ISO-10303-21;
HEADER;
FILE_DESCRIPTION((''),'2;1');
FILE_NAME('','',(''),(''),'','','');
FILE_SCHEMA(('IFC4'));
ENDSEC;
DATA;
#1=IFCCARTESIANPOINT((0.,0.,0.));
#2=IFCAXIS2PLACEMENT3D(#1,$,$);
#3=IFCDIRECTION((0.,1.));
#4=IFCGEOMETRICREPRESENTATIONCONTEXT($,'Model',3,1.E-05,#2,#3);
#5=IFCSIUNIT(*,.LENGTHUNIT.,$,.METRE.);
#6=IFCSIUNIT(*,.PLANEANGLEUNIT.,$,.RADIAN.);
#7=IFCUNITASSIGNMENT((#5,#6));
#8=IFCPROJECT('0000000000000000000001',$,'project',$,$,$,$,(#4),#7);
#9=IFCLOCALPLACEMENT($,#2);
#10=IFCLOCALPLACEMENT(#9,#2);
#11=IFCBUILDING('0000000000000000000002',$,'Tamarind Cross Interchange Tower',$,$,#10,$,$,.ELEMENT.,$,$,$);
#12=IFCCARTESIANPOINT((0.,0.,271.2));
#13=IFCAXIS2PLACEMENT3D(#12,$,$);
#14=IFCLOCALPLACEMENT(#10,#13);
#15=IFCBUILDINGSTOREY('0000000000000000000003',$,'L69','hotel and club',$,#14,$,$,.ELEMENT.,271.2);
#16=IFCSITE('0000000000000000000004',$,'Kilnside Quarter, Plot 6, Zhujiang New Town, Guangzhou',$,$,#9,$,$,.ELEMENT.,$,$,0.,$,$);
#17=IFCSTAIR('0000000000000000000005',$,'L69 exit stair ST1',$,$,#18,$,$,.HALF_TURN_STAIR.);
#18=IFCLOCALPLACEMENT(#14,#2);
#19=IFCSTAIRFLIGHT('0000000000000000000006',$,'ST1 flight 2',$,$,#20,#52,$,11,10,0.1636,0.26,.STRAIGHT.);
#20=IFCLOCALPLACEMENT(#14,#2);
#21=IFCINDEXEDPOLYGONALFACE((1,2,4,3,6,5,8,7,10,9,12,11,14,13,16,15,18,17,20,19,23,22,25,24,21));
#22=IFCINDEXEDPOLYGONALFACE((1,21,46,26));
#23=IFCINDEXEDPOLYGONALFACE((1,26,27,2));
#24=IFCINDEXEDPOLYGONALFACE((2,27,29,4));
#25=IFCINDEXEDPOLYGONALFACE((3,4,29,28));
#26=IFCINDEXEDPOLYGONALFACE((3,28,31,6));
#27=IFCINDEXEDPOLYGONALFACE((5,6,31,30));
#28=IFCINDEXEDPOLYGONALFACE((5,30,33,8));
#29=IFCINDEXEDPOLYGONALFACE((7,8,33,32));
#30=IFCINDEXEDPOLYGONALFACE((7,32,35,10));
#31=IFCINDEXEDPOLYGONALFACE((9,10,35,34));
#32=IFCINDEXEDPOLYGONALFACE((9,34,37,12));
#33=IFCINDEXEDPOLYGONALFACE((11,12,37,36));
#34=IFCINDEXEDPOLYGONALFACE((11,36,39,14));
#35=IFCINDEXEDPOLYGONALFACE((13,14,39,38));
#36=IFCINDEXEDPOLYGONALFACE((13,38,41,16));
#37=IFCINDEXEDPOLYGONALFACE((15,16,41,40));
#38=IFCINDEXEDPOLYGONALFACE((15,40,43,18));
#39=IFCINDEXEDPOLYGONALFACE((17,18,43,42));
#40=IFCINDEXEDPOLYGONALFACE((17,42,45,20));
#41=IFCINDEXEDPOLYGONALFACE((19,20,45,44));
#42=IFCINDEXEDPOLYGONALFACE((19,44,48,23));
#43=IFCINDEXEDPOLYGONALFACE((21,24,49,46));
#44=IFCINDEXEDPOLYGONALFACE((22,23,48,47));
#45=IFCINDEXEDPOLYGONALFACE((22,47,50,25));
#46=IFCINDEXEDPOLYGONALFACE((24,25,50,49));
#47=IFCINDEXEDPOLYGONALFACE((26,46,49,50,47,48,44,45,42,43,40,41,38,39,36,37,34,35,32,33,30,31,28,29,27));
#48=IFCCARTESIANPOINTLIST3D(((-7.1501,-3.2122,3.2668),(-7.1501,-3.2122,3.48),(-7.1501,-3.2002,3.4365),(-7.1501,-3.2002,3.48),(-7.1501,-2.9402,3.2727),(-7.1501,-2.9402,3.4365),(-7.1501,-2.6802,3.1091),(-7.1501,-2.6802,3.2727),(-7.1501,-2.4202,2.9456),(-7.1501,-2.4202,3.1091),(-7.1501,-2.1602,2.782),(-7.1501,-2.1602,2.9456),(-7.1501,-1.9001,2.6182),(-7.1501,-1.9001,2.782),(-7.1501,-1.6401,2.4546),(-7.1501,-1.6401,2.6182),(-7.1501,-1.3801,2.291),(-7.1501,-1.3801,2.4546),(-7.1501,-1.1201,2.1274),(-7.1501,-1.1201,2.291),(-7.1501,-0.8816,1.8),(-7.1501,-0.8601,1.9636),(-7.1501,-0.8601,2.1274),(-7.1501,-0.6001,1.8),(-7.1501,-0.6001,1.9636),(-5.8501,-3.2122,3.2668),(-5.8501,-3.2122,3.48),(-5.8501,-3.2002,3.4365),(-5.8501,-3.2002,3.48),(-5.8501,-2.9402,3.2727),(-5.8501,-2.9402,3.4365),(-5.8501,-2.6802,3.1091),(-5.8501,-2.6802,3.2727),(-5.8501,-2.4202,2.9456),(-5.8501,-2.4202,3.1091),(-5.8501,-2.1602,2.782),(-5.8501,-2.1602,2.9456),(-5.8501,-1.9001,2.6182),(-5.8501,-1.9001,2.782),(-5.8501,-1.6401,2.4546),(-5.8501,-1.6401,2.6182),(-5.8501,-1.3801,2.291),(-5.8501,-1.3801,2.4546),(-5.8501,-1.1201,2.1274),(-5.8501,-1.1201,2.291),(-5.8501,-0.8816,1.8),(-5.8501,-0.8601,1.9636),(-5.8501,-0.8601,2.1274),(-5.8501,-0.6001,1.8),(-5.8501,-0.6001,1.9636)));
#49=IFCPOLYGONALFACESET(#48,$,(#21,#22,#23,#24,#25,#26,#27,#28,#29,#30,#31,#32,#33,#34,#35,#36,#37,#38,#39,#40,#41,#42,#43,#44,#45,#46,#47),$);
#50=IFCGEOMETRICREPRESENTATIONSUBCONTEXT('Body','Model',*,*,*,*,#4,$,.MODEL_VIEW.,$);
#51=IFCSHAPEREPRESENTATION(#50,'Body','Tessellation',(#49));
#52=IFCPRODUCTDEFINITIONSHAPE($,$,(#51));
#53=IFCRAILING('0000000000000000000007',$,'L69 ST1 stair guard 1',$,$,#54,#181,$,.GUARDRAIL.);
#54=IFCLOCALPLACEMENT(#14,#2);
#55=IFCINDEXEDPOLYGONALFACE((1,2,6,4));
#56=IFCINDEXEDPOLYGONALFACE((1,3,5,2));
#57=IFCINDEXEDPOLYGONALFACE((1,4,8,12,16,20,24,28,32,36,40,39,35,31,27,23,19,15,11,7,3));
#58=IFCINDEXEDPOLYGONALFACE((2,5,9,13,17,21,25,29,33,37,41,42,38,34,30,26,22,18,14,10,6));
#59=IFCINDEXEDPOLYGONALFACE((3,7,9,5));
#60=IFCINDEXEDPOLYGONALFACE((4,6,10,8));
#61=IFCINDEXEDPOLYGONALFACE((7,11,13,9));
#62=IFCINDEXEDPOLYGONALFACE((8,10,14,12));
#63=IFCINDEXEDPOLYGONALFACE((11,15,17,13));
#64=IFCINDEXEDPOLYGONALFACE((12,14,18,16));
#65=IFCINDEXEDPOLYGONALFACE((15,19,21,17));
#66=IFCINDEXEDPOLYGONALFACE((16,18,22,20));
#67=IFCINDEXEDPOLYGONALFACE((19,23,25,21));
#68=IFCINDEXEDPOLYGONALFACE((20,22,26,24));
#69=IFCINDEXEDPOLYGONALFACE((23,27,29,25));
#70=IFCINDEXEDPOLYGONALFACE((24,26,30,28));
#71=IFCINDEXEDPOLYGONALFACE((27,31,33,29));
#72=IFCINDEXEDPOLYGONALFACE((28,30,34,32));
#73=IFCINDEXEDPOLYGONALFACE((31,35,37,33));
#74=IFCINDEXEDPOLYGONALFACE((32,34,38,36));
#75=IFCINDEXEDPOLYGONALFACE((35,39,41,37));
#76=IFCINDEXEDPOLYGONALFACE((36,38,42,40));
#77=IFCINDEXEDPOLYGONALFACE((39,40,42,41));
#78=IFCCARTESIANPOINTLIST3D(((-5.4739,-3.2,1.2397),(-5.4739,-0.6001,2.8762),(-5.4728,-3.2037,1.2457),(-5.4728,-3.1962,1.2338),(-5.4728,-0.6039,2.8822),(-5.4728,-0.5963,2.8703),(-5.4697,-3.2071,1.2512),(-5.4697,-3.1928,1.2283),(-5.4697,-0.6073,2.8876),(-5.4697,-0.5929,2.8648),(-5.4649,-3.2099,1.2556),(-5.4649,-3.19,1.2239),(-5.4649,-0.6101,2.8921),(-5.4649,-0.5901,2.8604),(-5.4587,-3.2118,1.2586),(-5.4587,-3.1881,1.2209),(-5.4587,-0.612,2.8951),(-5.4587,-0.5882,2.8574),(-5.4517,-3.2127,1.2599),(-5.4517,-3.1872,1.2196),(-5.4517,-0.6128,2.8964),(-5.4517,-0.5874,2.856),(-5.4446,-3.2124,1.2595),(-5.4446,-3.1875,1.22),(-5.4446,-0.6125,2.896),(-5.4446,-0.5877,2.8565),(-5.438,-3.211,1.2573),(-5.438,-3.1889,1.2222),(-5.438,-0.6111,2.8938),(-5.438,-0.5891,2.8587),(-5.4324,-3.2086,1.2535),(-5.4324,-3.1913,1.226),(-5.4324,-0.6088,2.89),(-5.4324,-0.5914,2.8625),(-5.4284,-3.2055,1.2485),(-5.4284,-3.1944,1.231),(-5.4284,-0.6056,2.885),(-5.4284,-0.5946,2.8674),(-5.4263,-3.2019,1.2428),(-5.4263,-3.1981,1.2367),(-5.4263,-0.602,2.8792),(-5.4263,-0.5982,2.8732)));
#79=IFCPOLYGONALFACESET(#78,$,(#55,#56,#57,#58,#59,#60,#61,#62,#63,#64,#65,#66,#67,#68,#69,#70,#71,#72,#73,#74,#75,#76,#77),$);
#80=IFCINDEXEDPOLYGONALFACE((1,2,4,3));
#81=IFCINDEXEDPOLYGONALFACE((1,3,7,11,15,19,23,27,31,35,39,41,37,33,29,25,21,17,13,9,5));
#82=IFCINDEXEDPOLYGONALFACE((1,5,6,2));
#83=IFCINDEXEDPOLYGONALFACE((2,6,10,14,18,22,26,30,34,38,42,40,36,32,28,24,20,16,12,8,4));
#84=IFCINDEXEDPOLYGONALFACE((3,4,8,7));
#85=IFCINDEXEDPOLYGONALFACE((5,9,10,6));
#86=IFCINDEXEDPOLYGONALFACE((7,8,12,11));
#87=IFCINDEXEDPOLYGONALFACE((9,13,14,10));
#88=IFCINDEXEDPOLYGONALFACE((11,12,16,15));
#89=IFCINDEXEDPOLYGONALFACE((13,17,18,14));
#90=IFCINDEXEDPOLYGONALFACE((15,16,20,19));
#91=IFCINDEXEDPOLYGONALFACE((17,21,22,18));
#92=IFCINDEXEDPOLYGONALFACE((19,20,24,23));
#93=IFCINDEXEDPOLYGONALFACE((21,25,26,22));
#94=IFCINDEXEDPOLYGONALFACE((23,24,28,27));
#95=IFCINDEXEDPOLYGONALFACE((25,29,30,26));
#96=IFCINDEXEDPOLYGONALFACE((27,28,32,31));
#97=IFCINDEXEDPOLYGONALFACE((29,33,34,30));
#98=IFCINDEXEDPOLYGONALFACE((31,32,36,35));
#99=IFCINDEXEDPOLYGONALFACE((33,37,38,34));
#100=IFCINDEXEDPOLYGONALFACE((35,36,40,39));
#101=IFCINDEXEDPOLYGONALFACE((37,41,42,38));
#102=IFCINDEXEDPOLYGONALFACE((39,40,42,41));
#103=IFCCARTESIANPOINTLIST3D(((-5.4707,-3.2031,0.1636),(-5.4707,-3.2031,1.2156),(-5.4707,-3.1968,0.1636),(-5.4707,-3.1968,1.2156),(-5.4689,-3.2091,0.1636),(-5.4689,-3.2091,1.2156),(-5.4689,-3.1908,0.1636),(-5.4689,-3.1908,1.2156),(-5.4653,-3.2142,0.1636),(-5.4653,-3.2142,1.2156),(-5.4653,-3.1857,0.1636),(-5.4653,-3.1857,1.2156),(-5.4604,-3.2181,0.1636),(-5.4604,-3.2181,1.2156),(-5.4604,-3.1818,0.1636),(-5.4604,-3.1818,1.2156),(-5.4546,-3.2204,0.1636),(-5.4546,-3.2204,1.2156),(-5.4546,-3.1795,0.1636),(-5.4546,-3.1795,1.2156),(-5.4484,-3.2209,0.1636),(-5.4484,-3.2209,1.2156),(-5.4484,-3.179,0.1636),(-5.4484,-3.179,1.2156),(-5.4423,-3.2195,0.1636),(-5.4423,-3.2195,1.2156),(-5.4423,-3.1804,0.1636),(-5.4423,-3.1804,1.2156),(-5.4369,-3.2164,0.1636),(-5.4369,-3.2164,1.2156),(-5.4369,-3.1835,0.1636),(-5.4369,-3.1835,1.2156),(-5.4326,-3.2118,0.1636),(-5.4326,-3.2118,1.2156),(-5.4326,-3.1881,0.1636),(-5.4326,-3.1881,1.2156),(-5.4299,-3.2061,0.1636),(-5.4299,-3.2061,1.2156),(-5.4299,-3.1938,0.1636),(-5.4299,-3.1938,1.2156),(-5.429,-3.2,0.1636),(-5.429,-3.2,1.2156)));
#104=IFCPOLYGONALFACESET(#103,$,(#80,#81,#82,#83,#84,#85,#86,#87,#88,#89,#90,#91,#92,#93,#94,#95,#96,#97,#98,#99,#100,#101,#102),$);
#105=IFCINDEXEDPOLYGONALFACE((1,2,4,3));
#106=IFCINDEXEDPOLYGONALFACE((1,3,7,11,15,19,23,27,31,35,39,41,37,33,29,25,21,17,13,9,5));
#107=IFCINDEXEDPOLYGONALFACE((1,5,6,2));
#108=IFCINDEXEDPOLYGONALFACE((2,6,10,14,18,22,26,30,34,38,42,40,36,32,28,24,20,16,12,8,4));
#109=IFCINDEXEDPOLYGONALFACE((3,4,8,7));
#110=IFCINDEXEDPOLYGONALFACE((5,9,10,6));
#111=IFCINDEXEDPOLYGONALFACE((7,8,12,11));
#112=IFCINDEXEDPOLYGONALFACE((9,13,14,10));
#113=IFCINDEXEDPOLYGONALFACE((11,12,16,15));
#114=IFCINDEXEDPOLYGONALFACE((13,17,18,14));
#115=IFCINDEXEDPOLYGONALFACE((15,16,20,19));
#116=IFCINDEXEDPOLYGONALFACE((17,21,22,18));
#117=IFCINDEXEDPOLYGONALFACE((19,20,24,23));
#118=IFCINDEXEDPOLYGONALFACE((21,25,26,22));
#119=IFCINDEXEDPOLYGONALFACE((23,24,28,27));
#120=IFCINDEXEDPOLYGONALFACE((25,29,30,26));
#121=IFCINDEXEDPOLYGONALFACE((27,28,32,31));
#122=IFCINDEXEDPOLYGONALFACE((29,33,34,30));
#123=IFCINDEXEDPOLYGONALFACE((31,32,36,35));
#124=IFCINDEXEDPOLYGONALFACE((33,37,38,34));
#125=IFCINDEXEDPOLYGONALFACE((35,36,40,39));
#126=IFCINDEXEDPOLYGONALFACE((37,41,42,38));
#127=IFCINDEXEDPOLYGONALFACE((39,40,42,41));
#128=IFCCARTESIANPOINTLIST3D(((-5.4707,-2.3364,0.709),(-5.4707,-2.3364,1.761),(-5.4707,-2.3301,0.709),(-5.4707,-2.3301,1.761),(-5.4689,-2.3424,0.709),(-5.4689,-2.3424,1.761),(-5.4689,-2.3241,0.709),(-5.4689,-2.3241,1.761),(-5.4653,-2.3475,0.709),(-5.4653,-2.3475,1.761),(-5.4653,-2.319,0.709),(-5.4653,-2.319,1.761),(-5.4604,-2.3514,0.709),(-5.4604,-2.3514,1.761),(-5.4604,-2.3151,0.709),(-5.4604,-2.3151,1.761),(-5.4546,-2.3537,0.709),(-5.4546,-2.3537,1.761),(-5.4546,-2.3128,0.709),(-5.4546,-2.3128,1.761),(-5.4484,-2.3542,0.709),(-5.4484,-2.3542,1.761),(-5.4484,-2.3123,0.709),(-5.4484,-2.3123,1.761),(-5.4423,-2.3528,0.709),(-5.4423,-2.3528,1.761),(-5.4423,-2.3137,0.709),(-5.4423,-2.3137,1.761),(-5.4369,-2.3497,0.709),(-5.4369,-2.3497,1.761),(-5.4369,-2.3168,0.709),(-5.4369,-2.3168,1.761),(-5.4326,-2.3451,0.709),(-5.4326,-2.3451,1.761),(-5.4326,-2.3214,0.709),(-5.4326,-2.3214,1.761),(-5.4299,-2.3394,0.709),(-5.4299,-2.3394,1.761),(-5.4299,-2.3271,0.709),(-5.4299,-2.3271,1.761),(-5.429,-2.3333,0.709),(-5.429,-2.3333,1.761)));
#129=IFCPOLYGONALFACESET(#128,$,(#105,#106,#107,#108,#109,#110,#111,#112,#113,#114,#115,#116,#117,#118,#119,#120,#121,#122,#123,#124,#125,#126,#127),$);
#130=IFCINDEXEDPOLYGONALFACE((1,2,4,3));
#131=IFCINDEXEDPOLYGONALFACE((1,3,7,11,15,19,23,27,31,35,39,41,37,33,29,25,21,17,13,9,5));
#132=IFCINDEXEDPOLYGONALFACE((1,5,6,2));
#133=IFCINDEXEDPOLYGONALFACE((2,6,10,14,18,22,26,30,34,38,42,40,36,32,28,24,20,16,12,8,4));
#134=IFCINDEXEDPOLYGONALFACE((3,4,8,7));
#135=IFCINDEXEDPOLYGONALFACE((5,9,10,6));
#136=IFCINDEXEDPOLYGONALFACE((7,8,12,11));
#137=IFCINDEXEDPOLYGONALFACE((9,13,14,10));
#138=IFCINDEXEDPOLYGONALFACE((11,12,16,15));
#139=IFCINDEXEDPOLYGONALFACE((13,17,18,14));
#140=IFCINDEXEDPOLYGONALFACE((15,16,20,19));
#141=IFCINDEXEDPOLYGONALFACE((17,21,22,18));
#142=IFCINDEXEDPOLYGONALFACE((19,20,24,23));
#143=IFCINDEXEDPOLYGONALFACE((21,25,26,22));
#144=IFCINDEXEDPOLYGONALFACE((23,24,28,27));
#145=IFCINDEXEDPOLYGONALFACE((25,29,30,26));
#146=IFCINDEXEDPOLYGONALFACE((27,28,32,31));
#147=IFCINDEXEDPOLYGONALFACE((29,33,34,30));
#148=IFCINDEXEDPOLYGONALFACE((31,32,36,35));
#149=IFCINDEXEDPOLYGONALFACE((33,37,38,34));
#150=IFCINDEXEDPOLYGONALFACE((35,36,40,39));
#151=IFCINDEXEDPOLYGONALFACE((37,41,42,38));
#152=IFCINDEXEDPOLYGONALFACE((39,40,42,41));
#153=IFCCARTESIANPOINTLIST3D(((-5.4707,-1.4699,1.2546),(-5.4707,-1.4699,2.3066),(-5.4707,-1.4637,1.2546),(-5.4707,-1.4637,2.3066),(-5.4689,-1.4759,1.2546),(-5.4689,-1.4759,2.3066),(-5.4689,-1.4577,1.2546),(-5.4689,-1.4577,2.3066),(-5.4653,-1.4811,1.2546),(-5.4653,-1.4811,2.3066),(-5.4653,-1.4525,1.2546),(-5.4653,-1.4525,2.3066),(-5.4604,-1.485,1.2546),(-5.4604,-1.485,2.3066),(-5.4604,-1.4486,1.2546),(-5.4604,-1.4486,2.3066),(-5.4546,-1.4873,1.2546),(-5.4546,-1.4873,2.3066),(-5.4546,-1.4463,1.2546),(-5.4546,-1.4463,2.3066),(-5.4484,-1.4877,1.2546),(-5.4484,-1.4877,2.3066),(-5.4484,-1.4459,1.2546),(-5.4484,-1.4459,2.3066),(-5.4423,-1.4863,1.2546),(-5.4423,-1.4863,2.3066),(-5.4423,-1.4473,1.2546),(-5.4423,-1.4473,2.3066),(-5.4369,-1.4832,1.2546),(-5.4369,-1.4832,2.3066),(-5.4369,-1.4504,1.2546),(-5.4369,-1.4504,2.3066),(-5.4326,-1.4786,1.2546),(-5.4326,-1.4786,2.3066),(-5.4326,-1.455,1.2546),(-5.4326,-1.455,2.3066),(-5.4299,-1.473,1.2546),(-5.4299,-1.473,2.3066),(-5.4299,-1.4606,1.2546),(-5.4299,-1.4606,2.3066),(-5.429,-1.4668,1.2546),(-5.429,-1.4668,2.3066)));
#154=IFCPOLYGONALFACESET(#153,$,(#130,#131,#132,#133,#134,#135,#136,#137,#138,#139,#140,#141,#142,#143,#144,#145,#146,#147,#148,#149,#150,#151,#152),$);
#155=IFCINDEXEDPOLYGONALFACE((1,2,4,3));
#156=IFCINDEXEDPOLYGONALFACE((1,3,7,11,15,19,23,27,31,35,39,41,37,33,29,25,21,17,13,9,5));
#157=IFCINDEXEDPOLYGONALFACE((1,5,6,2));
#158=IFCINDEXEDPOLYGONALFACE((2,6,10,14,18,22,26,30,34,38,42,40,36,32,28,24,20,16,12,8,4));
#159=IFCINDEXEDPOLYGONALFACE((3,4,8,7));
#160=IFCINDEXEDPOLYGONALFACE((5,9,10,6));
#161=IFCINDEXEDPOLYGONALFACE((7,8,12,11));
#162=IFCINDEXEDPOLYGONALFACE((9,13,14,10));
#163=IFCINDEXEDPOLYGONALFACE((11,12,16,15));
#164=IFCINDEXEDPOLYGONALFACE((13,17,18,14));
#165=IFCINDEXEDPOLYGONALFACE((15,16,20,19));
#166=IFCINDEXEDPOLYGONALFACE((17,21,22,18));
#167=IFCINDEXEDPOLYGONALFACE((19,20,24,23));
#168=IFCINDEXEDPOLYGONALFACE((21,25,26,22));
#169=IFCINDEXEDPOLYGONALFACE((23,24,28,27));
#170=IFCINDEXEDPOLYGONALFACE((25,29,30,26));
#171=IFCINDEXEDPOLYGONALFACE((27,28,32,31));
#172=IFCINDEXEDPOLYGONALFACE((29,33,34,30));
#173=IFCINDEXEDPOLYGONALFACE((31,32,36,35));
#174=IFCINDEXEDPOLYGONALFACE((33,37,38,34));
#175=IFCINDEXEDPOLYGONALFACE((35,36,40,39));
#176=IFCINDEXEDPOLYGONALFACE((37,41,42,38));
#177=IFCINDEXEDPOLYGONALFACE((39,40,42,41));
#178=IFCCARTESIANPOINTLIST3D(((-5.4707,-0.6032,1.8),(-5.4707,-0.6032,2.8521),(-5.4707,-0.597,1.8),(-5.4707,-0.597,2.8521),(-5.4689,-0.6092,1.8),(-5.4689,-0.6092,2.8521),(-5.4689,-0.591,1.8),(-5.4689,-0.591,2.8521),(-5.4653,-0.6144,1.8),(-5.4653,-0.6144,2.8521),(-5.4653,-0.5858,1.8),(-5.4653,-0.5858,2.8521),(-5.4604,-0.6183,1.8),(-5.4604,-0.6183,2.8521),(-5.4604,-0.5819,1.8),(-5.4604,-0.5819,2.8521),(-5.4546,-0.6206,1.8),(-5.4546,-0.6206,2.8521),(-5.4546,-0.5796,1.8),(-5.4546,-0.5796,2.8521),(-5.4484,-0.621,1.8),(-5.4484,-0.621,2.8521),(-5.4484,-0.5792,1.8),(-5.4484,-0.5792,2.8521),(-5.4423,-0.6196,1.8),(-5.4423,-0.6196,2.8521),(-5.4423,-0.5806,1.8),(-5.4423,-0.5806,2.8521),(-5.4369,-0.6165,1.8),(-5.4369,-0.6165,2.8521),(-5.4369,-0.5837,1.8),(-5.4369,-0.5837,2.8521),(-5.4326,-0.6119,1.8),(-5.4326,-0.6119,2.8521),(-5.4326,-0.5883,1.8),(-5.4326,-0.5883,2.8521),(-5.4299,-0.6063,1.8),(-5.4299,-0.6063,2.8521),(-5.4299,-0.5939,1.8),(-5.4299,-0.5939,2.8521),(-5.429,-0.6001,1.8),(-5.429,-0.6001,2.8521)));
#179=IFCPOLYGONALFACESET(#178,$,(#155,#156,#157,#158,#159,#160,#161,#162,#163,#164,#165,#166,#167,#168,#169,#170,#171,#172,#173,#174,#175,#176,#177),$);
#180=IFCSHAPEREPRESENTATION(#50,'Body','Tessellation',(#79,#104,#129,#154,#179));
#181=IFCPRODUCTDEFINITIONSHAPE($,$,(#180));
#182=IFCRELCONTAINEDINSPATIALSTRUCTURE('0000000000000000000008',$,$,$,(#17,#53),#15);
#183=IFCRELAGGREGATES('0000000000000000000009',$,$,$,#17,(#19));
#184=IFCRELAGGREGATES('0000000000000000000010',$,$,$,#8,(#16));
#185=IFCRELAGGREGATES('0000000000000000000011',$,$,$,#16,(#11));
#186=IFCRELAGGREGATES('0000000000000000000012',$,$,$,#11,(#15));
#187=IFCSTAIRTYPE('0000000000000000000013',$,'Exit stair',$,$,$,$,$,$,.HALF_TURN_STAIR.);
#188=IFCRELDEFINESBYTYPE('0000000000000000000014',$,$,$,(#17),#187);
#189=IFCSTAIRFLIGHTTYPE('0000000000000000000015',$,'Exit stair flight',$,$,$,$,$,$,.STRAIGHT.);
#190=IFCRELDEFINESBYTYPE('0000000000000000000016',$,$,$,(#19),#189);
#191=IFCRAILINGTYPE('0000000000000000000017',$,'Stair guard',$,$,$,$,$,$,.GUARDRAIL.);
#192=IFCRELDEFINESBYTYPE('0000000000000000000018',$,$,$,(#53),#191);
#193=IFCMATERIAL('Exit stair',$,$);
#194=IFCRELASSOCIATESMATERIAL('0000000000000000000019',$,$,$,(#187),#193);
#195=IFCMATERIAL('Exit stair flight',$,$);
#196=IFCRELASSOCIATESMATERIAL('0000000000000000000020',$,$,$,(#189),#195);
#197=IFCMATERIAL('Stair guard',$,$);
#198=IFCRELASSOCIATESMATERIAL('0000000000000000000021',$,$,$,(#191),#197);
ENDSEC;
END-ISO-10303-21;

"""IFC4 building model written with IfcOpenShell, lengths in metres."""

from ifc_helpers import new_model, si_unit, direction, frame, origin, origin_2d, place, context, subcontext, project, spatial, polyline, circle, outline, extrude, material, type_object, element, aggregate, save


model = new_model("IFC4")

# Units and contexts
model_context = context("Model", 3, precision=1e-05, world=origin(), true_north=direction((0.0, 1.0)))
body_context = subcontext(model_context, "Body", "Model", "MODEL_VIEW")
ifc_project = project(units=[si_unit("LENGTHUNIT", "METRE"), si_unit("PLANEANGLEUNIT", "RADIAN")], contexts=[model_context])

# Site, building, storey
site_placement = place(None, origin())
site = spatial("IfcSite", under=ifc_project, at=site_placement, Name="Kilnside Quarter, Plot 6, Zhujiang New Town, Guangzhou", CompositionType="ELEMENT", RefElevation=0.0)
building_placement = place(site_placement, origin())
building = spatial("IfcBuilding", under=site, at=building_placement, Name="Tamarind Cross Interchange Tower", CompositionType="ELEMENT")
storey_placement = place(building_placement, frame((0.0, 0.0, 271.2)))
storey = spatial("IfcBuildingStorey", under=building, at=storey_placement, Name="L69", Description="hotel and club", CompositionType="ELEMENT", Elevation=271.2)

# Stair, stair flight
ifc_material_1 = material(Name="Exit stair")
stair_type = type_object("IfcStairType", Name="Exit stair", PredefinedType="HALF_TURN_STAIR", material=ifc_material_1)
stair_placement = place(storey_placement, origin())
stair = element("IfcStair", 1, at=stair_placement, inside=storey, type_object=stair_type, Name="L69 exit stair ST1", PredefinedType="HALF_TURN_STAIR")
ifc_material_2 = material(Name="Exit stair flight")
stair_flight_type = type_object("IfcStairFlightType", Name="Exit stair flight", PredefinedType="STRAIGHT", material=ifc_material_2)
stair_flight_1_placement = place(storey_placement, frame((-6.5, -0.6001, 1.8), z_axis=(0.0, 0.0, 1.0), x_axis=(0.0, -1.0, 0.0)))
stair_flight_1 = element("IfcStairFlight", 2, at=stair_flight_1_placement, type_object=stair_flight_type, Name="ST1 flight 2", NumberOfRisers=11, NumberOfTreads=10, PredefinedType="STRAIGHT", RiserHeight=0.1636, TreadLength=0.26, context=body_context, shape_type="SweptSolid", body=[
    extrude(outline(polyline([(0.0, 0.0), (0.0, 0.1636), (0.26, 0.1636), (0.26, 0.3274), (0.52, 0.3274), (0.52, 0.491), (0.78, 0.491), (0.78, 0.6545), (1.04, 0.6545), (1.04, 0.8181), (1.3, 0.8181), (1.3, 0.9819), (1.5601, 0.9819), (1.5601, 1.1455), (1.8201, 1.1455), (1.8201, 1.3091), (2.0801, 1.3091), (2.0801, 1.4727), (2.3401, 1.4727), (2.3401, 1.6365), (2.6001, 1.6365), (2.6001, 1.6799), (2.6121, 1.6799), (2.6121, 1.4668), (0.2815, 0.0), (0.0, 0.0)])), frame((0.0, 0.6499, 0.0), z_axis=(0.0, -1.0, 0.0), x_axis=(1.0, 0.0, 0.0)), (0.0, 0.0, 1.0), 1.3),
])
aggregate(stair, [stair_flight_1])

# Railing
ifc_material_3 = material(Name="Stair guard")
railing_type_1 = type_object("IfcRailingType", Name="Stair guard", PredefinedType="GUARDRAIL", material=ifc_material_3)
railing_1_placement = place(storey_placement, frame((-5.45, -3.2, 0.1636)))
element("IfcRailing", 3, at=railing_1_placement, inside=storey, type_object=railing_type_1, Name="L69 ST1 stair guard 1", PredefinedType="GUARDRAIL", context=body_context, shape_type="SweptSolid", body=[
    extrude(circle(Radius=0.0239, at=origin_2d()), frame((0.0, 0.0, 1.0762), z_axis=(0.0, 0.846302, 0.532704), x_axis=(-1.0, 0.0, 0.0)), (0.0, 0.0, 1.0), 3.072),
    extrude(circle(Radius=0.021, at=origin_2d()), origin(), (0.0, 0.0, 1.0), 1.052),
    extrude(circle(Radius=0.021, at=origin_2d()), frame((0.0, 0.8667, 0.5454)), (0.0, 0.0, 1.0), 1.052),
    extrude(circle(Radius=0.021, at=origin_2d()), frame((0.0, 1.7332, 1.0911)), (0.0, 0.0, 1.0), 1.052),
    extrude(circle(Radius=0.021, at=origin_2d()), frame((0.0, 2.5999, 1.6365)), (0.0, 0.0, 1.0), 1.052),
])

save(model, "model.ifc")
